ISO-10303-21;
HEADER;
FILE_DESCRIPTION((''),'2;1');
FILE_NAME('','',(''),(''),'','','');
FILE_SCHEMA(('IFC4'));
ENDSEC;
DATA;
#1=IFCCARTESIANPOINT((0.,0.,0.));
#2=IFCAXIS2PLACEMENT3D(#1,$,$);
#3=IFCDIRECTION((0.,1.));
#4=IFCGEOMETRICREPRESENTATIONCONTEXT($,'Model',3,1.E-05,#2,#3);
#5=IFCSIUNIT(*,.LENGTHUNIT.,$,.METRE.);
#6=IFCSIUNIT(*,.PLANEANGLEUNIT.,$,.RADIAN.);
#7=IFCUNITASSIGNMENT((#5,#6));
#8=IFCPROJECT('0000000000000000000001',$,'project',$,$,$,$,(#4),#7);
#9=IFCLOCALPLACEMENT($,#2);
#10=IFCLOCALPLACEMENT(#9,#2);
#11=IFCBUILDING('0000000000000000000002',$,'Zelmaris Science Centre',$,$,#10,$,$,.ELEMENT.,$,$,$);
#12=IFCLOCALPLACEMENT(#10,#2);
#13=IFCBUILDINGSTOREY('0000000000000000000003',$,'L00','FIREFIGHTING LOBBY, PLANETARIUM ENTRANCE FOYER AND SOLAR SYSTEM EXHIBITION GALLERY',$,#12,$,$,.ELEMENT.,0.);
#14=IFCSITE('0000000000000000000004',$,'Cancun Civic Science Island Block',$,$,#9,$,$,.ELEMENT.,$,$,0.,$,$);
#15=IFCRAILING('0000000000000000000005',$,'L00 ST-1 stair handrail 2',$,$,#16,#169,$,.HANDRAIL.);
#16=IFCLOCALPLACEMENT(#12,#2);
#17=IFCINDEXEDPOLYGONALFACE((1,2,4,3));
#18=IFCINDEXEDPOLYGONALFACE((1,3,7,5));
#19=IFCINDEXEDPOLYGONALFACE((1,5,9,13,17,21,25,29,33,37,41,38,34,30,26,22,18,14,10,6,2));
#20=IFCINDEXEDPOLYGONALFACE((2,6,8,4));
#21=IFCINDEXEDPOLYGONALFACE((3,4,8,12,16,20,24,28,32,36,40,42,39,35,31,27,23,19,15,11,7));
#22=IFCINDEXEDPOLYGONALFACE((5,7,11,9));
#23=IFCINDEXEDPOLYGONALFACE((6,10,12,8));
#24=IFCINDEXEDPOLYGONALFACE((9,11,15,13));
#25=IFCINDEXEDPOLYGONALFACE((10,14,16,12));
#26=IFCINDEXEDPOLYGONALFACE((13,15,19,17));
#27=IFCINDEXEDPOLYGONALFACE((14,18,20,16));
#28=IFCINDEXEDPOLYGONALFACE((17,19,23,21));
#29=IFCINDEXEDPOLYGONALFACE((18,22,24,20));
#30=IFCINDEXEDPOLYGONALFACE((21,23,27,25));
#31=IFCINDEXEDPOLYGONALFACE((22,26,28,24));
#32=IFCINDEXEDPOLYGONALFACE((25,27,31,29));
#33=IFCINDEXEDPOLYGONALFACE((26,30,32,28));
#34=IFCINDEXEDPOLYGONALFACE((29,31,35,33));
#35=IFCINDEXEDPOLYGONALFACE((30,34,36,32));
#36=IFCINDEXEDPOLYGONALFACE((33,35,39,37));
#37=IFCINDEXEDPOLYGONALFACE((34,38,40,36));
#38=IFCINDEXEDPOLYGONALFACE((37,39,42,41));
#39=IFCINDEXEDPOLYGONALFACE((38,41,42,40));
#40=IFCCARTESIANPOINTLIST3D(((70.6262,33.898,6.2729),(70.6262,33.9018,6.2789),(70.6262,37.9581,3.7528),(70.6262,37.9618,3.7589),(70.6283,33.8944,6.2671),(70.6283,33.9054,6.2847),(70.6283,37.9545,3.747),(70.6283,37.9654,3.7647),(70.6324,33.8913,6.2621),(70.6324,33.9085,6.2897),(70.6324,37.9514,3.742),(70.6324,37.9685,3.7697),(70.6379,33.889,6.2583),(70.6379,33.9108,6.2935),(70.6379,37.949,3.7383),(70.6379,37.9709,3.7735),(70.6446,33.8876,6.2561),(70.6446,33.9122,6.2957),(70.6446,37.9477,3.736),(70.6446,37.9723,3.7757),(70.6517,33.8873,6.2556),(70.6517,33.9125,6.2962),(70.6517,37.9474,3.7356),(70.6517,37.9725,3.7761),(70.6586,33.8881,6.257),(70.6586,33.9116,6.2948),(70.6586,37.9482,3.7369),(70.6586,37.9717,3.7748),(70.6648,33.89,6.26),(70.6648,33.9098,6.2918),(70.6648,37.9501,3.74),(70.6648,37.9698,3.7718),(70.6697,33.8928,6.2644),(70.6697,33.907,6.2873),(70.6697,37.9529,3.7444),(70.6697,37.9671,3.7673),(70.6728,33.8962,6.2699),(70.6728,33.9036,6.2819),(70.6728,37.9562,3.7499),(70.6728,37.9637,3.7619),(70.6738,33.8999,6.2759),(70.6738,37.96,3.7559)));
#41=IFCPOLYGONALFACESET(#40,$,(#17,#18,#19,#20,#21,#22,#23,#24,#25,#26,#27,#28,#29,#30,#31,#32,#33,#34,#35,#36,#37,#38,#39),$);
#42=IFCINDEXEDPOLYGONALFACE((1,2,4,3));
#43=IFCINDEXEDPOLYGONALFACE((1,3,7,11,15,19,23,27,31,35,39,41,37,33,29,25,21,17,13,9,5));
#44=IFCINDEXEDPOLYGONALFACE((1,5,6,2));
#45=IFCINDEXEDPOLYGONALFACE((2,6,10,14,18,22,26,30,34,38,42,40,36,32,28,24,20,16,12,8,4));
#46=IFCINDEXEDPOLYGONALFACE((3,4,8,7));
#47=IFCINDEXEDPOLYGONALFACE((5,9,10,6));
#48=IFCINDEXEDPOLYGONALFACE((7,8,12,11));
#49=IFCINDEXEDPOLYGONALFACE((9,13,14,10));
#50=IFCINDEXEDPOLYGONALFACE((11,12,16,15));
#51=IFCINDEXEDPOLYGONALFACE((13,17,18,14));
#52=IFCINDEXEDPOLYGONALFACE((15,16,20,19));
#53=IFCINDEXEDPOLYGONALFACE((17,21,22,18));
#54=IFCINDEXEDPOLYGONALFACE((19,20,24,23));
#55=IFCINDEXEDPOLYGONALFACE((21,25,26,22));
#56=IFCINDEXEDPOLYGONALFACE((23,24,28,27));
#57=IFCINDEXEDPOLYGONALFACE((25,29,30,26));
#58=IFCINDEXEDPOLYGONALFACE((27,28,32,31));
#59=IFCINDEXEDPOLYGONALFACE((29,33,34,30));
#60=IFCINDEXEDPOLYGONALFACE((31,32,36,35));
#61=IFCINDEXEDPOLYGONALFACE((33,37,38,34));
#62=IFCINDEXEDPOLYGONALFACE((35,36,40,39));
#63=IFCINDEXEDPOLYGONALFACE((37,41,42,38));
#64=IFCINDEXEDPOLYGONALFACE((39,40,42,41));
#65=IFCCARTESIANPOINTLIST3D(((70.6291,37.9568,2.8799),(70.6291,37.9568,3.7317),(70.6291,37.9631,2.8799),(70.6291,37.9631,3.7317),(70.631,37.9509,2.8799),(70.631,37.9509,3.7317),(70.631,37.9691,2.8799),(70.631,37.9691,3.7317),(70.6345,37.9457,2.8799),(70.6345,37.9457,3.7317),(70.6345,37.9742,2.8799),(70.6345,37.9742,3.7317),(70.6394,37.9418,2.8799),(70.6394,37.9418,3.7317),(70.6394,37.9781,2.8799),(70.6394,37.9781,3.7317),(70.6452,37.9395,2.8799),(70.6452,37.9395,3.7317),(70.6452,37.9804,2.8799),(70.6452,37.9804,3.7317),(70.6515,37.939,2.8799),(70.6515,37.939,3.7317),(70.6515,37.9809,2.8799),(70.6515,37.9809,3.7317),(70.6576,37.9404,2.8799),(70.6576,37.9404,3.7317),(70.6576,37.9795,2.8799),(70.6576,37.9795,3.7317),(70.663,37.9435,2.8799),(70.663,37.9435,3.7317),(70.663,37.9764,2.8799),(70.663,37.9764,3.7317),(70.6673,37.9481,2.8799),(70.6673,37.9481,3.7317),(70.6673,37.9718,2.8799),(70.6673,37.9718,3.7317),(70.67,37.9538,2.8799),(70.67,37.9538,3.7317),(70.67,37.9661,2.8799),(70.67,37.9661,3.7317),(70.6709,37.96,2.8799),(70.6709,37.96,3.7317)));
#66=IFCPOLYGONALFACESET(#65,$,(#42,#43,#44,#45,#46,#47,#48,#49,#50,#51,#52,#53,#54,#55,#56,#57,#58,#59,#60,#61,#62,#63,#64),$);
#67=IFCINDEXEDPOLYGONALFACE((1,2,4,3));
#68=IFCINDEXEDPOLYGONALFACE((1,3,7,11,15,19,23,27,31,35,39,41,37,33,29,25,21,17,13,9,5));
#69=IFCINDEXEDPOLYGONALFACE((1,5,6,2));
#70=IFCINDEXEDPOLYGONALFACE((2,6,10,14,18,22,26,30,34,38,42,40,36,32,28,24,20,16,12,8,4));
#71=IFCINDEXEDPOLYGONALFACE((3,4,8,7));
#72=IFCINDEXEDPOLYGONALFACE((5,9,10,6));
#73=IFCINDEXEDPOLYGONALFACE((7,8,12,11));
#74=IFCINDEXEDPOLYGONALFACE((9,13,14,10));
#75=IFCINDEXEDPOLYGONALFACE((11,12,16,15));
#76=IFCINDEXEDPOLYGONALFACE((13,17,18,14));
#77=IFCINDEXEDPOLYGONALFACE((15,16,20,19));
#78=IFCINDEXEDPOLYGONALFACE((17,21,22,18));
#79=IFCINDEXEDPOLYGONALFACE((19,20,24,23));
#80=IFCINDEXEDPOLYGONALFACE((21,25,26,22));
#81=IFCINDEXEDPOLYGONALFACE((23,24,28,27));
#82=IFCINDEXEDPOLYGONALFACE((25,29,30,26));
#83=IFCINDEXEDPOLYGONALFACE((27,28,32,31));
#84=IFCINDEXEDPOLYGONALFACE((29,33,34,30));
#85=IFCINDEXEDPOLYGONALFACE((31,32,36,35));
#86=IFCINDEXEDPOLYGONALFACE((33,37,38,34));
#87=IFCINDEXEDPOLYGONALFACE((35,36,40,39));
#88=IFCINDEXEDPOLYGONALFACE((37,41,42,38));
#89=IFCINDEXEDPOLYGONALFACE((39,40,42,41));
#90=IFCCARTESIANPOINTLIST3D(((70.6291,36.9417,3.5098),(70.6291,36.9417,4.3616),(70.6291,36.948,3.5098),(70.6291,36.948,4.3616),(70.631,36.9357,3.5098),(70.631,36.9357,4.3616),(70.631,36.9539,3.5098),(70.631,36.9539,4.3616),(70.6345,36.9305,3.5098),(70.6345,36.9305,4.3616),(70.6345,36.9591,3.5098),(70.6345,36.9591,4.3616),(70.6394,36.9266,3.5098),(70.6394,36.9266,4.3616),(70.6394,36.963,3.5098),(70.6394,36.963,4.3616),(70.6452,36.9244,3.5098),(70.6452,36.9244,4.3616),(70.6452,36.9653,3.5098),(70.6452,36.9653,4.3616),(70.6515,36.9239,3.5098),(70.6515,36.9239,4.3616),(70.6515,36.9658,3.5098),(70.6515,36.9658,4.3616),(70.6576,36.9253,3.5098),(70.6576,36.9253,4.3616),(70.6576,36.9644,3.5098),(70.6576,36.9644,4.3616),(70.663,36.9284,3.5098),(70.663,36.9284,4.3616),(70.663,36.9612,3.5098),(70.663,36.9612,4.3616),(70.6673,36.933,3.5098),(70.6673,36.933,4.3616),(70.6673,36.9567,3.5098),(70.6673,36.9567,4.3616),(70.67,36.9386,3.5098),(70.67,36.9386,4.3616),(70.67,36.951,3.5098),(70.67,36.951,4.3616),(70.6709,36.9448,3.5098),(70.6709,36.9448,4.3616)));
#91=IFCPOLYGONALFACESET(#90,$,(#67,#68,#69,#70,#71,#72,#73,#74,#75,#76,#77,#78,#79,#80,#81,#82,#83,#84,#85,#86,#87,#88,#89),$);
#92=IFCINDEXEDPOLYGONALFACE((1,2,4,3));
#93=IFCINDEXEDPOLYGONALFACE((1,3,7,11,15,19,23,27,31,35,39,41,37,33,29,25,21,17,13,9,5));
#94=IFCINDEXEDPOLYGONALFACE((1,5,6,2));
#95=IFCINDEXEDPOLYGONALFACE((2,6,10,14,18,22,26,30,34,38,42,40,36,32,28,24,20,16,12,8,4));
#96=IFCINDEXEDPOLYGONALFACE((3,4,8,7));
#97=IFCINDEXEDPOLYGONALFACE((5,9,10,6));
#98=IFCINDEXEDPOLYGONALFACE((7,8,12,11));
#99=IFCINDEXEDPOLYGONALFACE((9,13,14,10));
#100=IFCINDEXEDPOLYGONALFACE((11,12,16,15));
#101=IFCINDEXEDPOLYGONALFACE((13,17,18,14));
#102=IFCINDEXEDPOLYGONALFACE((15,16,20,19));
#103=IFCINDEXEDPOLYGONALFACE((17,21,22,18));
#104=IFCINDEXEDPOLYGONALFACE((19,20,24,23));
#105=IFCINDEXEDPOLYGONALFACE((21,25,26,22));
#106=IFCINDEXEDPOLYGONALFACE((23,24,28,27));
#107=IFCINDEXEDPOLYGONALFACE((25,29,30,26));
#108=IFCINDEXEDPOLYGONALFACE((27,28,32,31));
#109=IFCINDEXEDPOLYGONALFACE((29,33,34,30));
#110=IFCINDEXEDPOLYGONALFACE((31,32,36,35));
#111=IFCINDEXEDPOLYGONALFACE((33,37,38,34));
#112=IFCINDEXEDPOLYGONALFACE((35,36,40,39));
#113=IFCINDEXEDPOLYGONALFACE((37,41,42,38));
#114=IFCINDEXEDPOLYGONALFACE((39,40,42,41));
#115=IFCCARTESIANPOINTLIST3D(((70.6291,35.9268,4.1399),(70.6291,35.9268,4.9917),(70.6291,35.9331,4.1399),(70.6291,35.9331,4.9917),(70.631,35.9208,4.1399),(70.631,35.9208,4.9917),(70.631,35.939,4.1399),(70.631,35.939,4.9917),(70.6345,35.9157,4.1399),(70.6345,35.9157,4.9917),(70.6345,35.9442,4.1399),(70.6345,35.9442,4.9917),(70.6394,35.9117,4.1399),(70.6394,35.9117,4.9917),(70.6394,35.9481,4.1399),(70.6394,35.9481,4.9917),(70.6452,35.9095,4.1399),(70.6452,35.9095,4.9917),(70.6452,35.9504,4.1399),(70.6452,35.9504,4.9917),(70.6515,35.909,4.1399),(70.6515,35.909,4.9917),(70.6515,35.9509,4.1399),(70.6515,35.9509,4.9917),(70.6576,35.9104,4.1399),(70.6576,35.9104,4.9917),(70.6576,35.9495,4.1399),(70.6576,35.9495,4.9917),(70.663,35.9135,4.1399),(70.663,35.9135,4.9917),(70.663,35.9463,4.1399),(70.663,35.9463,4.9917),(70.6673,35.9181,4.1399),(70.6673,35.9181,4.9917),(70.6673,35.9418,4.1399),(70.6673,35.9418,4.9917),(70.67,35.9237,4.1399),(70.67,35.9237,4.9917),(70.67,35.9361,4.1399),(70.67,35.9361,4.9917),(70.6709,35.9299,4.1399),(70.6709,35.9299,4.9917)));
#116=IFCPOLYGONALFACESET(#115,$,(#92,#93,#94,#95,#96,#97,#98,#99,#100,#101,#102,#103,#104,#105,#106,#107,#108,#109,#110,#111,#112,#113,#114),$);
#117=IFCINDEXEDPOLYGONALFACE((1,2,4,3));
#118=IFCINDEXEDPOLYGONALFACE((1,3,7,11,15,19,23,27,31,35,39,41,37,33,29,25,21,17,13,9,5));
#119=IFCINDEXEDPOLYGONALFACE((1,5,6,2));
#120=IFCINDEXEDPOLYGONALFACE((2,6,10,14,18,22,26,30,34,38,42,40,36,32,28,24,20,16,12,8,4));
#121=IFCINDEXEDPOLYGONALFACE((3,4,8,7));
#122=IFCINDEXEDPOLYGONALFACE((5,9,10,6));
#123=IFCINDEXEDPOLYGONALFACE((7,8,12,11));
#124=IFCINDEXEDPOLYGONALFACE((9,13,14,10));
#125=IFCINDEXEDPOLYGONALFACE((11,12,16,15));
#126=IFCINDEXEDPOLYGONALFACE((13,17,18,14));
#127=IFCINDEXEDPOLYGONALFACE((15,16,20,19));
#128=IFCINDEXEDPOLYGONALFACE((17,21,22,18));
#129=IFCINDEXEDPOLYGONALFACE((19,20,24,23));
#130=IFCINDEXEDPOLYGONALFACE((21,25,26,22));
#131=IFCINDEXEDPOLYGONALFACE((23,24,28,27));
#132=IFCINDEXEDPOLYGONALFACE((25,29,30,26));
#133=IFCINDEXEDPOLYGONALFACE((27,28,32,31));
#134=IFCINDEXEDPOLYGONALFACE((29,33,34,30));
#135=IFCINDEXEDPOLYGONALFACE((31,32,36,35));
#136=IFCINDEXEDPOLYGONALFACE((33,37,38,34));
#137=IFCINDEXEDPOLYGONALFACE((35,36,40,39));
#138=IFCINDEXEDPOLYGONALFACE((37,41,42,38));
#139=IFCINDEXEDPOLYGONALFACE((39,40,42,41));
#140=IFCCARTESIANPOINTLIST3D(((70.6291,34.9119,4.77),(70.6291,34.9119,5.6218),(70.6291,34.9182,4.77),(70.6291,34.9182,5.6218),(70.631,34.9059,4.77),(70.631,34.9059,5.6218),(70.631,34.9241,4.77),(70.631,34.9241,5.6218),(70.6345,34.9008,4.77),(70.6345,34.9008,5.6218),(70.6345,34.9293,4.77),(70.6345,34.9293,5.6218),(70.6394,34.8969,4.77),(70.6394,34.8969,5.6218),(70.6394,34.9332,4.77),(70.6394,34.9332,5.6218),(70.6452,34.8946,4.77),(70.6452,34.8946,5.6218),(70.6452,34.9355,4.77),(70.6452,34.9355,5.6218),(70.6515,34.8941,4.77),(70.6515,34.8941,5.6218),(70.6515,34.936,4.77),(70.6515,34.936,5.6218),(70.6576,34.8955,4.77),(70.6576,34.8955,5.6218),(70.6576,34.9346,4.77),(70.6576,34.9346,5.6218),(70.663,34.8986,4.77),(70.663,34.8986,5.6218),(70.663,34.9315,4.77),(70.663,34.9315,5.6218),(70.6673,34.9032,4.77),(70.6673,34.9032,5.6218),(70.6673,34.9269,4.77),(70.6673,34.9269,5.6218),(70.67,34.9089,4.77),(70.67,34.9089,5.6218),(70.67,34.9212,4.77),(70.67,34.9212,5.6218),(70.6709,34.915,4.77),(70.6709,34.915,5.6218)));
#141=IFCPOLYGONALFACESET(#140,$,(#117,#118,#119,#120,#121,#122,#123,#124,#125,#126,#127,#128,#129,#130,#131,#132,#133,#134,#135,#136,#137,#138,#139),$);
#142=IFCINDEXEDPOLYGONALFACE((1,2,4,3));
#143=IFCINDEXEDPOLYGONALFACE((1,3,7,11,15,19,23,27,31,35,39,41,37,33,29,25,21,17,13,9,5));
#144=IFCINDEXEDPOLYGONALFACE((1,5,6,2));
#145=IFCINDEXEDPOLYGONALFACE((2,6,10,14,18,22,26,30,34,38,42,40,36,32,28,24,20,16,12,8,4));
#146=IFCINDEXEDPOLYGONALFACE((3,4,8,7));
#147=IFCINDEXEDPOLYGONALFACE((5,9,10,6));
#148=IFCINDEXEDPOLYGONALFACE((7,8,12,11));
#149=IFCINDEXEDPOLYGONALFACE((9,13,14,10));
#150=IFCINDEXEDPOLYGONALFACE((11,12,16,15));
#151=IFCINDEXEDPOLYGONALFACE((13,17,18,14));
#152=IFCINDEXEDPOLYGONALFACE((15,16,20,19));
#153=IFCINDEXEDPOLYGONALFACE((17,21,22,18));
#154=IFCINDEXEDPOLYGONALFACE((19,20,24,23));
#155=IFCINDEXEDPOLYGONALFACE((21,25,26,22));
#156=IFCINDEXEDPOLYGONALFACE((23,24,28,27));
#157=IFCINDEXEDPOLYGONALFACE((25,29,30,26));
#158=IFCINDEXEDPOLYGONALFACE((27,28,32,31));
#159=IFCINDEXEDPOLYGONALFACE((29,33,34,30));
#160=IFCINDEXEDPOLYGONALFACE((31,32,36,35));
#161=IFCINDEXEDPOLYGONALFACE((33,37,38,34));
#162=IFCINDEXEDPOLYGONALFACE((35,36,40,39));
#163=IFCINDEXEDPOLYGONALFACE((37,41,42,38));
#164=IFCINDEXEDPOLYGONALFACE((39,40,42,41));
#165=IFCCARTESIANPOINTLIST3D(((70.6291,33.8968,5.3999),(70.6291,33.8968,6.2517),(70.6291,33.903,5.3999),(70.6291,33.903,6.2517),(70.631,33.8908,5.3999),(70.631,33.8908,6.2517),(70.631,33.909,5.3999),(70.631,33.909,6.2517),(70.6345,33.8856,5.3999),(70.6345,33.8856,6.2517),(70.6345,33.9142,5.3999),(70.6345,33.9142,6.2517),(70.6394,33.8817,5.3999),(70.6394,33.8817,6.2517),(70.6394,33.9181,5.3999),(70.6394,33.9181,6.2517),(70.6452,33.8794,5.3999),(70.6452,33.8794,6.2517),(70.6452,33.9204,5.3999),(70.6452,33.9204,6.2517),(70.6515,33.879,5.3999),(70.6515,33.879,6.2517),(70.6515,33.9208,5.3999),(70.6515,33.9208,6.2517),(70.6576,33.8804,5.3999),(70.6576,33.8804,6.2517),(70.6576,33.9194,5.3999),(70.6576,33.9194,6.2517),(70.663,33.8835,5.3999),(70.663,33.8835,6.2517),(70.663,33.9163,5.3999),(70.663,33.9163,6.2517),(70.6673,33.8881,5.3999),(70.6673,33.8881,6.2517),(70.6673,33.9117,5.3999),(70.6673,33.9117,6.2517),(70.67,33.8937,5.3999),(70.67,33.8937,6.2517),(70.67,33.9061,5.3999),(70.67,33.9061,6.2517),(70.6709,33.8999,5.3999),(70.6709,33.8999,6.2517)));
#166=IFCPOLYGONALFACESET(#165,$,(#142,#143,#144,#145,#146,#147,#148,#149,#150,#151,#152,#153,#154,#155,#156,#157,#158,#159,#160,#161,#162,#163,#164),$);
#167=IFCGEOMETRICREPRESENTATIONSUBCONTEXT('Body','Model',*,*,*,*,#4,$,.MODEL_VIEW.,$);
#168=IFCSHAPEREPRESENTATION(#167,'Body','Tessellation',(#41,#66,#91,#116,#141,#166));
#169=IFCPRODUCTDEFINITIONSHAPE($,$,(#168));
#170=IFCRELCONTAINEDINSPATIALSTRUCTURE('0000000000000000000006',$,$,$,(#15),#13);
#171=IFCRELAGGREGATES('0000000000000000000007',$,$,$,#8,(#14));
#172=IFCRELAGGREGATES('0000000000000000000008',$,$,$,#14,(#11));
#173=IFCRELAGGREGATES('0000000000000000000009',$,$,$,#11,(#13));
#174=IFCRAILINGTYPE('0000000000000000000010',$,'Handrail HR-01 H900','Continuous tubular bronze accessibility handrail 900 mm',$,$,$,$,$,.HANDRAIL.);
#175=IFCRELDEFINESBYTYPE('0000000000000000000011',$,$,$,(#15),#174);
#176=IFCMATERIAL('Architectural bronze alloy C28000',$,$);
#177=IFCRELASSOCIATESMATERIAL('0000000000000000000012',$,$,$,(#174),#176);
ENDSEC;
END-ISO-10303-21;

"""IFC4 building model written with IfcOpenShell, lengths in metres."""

from ifc_helpers import new_model, si_unit, direction, frame, origin, origin_2d, place, context, subcontext, project, spatial, circle, extrude, material, type_object, element, save


model = new_model("IFC4")

# Units and contexts
model_context = context("Model", 3, precision=1e-05, world=origin(), true_north=direction((0.0, 1.0)))
body_context = subcontext(model_context, "Body", "Model", "MODEL_VIEW")
ifc_project = project(units=[si_unit("LENGTHUNIT", "METRE"), si_unit("PLANEANGLEUNIT", "RADIAN")], contexts=[model_context])

# Site, building, storey
site_placement = place(None, origin())
site = spatial("IfcSite", under=ifc_project, at=site_placement, Name="Cancun Civic Science Island Block", CompositionType="ELEMENT", RefElevation=0.0)
building_placement = place(site_placement, origin())
building = spatial("IfcBuilding", under=site, at=building_placement, Name="Zelmaris Science Centre", CompositionType="ELEMENT")
storey_placement = place(building_placement, origin())
storey = spatial("IfcBuildingStorey", under=building, at=storey_placement, Name="L00", Description="FIREFIGHTING LOBBY, PLANETARIUM ENTRANCE FOYER AND SOLAR SYSTEM EXHIBITION GALLERY", CompositionType="ELEMENT", Elevation=0.0)

# Railing
ifc_material_1 = material(Name="Architectural bronze alloy C28000")
railing_type_1 = type_object("IfcRailingType", Name="Handrail HR-01 H900", Description="Continuous tubular bronze accessibility handrail 900 mm", PredefinedType="HANDRAIL", material=ifc_material_1)
railing_1_placement = place(storey_placement, frame((70.6499, 37.96, 2.8799)))
element("IfcRailing", 1, at=railing_1_placement, inside=storey, type_object=railing_type_1, Name="L00 ST-1 stair handrail 2", PredefinedType="HANDRAIL", context=body_context, shape_type="SweptSolid", body=[
    extrude(circle(Radius=0.0239, at=origin_2d()), frame((0.0, 0.0, 0.876), z_axis=(0.0, -0.849642, 0.52736), x_axis=(1.0, 0.0, 0.0)), (0.0, 0.0, 1.0), 4.7786),
    extrude(circle(Radius=0.021, at=origin_2d()), origin(), (0.0, 0.0, 1.0), 0.8518),
    extrude(circle(Radius=0.021, at=origin_2d()), frame((0.0, -1.0151, 0.6299)), (0.0, 0.0, 1.0), 0.8518),
    extrude(circle(Radius=0.021, at=origin_2d()), frame((0.0, -2.03, 1.26)), (0.0, 0.0, 1.0), 0.8518),
    extrude(circle(Radius=0.021, at=origin_2d()), frame((0.0, -3.0449, 1.8901)), (0.0, 0.0, 1.0), 0.8518),
    extrude(circle(Radius=0.021, at=origin_2d()), frame((0.0, -4.0601, 2.52)), (0.0, 0.0, 1.0), 0.8518),
])

save(model, "model.ifc")
